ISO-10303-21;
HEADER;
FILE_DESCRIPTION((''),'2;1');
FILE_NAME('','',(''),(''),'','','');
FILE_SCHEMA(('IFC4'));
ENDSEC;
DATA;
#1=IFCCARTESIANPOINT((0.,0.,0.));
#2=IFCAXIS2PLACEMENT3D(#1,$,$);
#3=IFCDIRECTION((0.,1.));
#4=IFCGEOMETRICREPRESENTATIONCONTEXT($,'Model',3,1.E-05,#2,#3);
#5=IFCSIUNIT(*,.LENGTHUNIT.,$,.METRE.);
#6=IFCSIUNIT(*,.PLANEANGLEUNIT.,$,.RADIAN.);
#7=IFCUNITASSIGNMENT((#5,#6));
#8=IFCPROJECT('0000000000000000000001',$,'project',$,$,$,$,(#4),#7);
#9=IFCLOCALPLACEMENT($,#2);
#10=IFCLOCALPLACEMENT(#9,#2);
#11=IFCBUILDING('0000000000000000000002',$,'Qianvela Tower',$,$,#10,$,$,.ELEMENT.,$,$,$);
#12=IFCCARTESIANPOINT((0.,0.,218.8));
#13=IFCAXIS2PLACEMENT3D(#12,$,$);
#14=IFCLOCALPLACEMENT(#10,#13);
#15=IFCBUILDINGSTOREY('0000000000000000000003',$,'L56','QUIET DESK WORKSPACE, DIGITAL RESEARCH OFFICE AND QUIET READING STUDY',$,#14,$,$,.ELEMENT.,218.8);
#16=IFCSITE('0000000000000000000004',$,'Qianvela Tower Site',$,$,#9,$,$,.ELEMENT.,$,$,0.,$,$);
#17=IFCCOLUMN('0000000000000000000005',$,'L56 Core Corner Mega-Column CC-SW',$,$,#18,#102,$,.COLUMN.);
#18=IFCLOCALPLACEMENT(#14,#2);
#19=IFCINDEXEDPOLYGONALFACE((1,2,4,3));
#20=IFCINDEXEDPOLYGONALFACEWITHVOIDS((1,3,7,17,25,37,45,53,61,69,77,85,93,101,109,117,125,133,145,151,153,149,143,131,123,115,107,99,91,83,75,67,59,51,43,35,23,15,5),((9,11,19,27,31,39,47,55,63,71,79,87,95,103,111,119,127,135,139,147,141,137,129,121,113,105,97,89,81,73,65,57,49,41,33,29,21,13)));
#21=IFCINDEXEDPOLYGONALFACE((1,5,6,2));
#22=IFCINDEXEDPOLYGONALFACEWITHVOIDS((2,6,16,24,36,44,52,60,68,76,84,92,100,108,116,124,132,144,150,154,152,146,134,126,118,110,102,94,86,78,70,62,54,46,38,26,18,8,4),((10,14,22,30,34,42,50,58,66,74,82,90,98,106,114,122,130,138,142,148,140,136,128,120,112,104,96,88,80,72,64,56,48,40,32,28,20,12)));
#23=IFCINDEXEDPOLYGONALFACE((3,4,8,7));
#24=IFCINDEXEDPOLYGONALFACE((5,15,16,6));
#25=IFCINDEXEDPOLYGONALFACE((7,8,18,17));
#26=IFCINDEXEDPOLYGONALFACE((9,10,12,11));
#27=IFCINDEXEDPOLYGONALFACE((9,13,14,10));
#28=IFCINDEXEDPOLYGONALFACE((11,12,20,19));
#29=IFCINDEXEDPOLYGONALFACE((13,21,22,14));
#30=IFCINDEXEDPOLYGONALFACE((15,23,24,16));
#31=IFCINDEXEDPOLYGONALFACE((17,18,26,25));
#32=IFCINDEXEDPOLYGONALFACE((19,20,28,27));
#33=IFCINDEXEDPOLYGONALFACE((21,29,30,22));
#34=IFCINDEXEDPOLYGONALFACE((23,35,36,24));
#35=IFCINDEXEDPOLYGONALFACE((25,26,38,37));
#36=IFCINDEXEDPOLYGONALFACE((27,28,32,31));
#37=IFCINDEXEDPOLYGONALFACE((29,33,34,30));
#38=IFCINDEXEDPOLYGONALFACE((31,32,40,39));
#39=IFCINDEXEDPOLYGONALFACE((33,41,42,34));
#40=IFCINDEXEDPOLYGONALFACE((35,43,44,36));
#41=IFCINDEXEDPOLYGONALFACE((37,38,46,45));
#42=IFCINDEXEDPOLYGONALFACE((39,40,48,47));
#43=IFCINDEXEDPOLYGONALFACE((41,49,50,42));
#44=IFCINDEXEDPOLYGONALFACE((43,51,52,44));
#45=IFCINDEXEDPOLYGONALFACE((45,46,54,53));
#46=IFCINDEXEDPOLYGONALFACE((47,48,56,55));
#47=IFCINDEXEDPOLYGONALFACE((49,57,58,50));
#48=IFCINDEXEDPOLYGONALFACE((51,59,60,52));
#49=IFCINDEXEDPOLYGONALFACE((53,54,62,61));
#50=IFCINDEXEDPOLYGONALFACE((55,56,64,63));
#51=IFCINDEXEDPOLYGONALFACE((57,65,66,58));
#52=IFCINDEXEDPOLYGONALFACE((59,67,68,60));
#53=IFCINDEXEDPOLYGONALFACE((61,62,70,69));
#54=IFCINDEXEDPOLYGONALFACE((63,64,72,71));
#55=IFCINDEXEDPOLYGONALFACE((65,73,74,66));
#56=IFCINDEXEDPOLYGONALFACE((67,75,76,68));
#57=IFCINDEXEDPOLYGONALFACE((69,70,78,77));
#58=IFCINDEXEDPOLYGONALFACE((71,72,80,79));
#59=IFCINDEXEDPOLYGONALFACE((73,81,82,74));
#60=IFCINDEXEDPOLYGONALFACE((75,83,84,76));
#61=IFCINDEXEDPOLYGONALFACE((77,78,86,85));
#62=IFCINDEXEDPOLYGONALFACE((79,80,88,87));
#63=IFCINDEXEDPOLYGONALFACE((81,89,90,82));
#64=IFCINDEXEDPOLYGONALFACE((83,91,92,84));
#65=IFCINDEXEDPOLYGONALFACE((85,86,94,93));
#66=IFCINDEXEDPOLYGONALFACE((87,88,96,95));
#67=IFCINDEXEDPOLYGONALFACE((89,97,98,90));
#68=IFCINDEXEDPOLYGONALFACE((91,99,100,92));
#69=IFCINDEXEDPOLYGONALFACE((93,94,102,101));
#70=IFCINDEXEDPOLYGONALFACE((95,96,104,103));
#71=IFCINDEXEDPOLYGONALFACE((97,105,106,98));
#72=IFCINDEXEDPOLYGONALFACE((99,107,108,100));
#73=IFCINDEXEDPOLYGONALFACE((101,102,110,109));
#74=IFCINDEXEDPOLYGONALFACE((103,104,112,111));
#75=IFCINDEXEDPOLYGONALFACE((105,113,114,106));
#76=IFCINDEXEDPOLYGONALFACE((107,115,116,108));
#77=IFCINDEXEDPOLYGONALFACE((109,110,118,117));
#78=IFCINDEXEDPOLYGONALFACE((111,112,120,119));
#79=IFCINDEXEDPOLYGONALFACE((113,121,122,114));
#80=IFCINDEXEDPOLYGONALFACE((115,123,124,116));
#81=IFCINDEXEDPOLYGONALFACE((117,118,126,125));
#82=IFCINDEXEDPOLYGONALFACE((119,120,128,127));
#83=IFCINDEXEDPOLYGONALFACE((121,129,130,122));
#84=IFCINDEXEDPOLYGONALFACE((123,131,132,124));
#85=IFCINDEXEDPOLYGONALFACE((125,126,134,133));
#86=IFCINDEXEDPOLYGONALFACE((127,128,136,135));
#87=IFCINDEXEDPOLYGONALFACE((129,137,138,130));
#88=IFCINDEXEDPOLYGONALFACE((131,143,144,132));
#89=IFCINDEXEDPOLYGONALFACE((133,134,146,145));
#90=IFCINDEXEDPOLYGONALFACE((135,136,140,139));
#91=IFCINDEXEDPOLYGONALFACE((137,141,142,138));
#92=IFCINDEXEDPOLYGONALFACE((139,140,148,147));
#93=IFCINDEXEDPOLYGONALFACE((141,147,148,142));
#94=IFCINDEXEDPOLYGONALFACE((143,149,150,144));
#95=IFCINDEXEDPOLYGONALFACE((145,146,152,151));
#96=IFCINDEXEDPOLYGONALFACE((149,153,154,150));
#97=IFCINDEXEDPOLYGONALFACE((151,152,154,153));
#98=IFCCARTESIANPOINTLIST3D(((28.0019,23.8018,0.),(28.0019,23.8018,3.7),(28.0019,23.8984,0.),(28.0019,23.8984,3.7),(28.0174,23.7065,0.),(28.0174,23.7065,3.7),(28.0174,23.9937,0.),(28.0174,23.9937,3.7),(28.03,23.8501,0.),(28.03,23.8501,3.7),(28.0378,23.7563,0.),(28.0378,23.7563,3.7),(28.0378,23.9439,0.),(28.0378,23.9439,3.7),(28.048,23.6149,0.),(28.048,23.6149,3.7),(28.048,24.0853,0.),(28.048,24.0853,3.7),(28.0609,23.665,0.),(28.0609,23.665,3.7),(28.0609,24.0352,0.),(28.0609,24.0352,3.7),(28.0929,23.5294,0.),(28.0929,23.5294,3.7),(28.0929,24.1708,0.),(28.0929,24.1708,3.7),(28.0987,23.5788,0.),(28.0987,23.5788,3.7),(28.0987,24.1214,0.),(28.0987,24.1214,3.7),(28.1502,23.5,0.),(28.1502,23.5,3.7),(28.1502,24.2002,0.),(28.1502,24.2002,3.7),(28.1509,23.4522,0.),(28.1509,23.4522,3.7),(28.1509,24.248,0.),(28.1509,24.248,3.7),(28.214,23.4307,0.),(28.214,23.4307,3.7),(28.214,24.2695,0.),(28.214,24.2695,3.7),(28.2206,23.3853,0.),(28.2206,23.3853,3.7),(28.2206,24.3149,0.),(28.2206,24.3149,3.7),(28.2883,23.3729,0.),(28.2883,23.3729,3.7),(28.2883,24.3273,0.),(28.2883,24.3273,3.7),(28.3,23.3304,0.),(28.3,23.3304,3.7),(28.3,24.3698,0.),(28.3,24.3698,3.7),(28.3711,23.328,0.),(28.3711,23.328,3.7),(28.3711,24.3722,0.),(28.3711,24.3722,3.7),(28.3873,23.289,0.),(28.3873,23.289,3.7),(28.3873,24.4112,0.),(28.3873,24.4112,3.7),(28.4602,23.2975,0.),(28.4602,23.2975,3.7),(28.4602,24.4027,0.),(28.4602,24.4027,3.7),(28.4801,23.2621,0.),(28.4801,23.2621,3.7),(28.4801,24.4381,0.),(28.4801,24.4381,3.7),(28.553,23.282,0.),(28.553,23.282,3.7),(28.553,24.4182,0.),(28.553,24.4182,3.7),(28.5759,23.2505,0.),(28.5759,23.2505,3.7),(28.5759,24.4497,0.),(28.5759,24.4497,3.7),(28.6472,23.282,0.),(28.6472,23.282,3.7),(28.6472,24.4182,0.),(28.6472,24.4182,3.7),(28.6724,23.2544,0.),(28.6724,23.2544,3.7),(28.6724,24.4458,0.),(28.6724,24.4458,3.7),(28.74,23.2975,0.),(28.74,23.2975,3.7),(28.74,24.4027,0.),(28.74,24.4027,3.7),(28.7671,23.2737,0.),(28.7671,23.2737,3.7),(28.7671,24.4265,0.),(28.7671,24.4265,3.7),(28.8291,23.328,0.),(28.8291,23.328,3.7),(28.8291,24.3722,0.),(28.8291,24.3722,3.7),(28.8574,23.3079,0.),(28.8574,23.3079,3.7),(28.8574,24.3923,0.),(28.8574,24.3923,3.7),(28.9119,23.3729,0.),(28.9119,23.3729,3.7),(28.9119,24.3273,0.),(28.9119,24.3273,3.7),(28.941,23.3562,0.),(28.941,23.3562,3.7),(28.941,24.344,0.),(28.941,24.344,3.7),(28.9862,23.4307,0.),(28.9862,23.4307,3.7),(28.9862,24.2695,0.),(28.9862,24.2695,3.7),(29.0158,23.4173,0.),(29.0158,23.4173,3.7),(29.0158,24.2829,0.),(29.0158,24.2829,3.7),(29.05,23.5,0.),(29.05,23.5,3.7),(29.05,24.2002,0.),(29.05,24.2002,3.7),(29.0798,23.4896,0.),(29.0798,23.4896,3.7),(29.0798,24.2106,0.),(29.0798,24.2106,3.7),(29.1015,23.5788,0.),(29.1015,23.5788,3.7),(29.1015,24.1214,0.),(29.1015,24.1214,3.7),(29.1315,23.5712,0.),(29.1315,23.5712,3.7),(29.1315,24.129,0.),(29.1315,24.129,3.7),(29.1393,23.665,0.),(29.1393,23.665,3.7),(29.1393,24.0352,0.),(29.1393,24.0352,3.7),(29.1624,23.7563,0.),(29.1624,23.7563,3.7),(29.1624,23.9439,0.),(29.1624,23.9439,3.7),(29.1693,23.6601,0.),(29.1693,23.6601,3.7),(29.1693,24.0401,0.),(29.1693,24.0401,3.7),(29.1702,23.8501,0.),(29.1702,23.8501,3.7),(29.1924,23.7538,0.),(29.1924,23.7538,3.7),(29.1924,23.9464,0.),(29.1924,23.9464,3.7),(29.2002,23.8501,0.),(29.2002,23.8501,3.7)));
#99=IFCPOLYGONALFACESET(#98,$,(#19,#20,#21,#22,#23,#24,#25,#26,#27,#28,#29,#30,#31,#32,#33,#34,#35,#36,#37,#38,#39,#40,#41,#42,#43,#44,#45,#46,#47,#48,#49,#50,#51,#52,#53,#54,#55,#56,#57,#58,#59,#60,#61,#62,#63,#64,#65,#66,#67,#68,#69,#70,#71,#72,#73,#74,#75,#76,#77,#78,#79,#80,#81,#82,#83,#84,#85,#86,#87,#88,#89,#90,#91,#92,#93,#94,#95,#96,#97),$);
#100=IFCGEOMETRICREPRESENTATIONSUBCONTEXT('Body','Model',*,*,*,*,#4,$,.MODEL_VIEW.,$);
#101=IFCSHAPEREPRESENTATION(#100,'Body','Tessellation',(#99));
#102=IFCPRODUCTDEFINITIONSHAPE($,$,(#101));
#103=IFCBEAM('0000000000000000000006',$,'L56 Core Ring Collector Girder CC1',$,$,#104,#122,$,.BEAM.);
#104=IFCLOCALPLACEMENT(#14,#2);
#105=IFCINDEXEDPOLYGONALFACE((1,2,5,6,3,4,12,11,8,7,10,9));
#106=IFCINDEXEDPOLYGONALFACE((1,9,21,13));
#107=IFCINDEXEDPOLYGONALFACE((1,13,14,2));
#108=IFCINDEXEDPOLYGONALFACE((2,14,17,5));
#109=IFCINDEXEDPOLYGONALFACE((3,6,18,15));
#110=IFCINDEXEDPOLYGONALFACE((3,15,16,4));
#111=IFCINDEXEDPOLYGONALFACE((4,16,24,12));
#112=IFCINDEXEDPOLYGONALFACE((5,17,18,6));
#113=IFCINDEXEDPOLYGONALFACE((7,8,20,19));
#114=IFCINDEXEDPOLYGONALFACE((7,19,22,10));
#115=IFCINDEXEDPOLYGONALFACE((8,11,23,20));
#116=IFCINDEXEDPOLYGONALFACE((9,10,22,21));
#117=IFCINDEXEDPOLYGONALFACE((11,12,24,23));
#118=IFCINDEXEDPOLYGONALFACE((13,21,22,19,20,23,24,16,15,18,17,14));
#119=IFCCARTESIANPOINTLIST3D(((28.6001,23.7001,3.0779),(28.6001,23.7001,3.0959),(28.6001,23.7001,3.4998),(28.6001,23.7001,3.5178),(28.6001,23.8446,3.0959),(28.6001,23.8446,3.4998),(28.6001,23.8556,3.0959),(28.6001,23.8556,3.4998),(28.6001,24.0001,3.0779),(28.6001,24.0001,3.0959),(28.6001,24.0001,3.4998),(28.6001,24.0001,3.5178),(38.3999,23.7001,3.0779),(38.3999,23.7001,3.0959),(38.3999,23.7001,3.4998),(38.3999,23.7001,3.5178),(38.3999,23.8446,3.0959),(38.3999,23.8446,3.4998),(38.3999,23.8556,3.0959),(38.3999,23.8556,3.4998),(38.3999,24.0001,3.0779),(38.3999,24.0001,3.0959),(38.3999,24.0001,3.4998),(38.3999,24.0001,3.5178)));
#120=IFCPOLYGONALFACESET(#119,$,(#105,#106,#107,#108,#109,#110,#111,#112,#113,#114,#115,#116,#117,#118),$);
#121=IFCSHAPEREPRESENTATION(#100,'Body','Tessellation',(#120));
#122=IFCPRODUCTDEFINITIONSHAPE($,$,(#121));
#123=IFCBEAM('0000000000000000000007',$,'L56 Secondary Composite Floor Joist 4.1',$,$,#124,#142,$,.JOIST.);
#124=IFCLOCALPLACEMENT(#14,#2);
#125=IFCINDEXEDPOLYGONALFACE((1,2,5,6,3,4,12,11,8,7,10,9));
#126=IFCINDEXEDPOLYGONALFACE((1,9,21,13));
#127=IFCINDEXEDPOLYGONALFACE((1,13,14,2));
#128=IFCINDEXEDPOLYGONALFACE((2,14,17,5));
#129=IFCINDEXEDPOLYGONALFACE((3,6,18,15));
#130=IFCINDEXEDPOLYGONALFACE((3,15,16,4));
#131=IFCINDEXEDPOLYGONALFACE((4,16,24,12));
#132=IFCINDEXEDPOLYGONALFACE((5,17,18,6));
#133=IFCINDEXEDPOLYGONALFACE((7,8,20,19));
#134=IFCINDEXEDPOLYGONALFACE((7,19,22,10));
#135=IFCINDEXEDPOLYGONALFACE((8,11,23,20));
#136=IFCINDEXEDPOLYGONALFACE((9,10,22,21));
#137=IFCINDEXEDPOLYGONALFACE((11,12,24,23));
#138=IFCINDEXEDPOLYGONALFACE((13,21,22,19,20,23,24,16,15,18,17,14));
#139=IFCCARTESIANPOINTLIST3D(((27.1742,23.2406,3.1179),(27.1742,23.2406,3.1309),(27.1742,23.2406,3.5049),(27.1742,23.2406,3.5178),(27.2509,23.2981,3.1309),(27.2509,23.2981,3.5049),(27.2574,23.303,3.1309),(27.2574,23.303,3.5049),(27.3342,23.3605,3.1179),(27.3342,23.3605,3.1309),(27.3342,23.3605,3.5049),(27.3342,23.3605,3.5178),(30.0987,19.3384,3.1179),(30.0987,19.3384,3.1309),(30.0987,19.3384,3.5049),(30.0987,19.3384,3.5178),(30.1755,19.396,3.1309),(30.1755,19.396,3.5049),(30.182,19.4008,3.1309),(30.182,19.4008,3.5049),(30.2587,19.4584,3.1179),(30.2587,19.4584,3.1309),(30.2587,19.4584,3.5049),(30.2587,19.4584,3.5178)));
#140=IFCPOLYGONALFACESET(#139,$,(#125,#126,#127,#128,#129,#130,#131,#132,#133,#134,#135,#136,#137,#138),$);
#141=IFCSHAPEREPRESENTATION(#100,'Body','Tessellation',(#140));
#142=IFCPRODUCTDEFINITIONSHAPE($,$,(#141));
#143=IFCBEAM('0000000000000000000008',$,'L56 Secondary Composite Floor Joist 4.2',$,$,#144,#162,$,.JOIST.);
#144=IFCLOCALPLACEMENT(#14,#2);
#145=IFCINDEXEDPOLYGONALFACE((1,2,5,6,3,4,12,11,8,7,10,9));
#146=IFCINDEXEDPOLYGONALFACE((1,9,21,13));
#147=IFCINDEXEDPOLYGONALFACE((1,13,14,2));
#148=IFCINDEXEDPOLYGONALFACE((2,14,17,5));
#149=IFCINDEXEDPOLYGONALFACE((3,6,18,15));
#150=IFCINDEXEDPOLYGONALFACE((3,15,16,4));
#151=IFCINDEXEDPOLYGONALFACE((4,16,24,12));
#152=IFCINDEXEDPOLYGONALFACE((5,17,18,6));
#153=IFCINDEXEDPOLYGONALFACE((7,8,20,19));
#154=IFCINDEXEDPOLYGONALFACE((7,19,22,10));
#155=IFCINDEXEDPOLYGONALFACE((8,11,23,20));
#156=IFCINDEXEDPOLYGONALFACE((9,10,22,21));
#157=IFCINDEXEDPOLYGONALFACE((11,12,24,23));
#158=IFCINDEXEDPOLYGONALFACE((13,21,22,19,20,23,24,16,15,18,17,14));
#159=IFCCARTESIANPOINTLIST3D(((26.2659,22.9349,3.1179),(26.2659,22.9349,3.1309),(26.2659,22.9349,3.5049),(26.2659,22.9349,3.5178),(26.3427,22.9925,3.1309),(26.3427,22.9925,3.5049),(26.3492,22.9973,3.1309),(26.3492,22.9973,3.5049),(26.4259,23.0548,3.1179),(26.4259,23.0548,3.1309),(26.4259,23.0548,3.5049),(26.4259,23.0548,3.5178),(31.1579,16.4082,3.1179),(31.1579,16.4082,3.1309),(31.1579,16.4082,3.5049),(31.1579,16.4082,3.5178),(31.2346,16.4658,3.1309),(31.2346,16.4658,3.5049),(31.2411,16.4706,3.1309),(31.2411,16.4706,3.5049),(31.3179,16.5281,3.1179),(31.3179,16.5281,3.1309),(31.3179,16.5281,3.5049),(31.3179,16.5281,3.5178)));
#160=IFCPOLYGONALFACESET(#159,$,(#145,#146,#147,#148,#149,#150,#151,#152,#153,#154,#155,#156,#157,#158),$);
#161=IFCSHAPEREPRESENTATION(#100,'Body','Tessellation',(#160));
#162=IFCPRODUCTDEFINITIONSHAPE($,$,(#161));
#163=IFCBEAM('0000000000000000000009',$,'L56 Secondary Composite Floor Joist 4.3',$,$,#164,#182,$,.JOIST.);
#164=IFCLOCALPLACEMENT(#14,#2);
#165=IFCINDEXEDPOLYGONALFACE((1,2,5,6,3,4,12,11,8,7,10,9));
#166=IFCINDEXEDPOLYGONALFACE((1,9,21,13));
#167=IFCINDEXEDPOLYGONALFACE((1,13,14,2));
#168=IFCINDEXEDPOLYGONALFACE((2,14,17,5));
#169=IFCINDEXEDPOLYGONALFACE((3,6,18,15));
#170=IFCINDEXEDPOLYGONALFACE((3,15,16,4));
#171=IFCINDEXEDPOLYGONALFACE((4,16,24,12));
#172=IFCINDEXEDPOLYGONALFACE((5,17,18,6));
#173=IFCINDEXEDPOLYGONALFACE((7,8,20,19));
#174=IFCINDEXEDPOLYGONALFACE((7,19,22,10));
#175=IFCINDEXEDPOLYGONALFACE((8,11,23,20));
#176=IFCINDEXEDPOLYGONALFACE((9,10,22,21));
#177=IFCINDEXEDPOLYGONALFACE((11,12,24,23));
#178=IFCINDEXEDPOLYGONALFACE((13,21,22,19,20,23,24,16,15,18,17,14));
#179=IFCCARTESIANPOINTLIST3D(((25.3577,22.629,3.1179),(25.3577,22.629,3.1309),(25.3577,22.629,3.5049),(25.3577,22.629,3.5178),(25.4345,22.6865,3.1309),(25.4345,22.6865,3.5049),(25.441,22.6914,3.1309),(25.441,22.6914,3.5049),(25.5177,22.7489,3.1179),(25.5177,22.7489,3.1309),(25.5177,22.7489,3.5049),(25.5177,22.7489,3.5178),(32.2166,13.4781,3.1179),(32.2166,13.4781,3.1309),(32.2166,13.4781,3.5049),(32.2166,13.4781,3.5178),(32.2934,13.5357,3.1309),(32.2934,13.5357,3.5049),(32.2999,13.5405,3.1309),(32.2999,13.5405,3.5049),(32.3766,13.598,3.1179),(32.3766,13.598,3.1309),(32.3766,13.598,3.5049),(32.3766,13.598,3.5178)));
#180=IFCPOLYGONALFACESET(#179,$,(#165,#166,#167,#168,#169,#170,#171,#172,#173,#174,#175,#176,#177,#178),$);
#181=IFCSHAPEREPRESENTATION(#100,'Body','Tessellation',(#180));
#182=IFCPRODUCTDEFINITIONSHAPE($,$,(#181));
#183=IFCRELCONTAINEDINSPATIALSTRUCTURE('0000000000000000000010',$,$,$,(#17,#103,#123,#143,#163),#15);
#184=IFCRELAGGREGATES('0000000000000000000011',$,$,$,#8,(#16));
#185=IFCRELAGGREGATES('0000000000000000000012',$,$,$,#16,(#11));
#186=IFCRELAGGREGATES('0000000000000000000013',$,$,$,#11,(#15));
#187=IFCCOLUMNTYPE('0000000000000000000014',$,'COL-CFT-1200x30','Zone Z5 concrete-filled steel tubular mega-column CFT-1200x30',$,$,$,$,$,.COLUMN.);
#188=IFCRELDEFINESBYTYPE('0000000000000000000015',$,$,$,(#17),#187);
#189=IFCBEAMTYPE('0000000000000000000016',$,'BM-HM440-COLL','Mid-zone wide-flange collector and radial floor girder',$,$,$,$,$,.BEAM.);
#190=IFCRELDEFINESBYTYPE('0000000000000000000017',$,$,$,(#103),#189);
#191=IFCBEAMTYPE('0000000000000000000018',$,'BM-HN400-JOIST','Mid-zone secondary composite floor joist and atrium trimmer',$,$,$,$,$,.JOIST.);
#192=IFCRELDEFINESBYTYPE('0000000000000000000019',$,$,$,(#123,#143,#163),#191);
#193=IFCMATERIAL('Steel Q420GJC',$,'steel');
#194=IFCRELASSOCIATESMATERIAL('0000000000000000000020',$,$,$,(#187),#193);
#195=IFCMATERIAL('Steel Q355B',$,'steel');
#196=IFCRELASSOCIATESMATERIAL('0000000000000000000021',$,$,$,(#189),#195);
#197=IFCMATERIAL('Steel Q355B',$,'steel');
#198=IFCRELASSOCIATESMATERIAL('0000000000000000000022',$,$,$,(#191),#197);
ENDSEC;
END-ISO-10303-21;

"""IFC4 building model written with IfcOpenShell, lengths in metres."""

from ifc_helpers import new_model, si_unit, direction, frame, origin, origin_2d, place, context, subcontext, project, spatial, hollow_circle, i_section, extrude, material, material_profile, profile_set, type_object, element, save


model = new_model("IFC4")

# Units and contexts
model_context = context("Model", 3, precision=1e-05, world=origin(), true_north=direction((0.0, 1.0)))
body_context = subcontext(model_context, "Body", "Model", "MODEL_VIEW")
ifc_project = project(units=[si_unit("LENGTHUNIT", "METRE"), si_unit("PLANEANGLEUNIT", "RADIAN")], contexts=[model_context])

# Site, building, storey
site_placement = place(None, origin())
site = spatial("IfcSite", under=ifc_project, at=site_placement, Name="Qianvela Tower Site", CompositionType="ELEMENT", RefElevation=0.0)
building_placement = place(site_placement, origin())
building = spatial("IfcBuilding", under=site, at=building_placement, Name="Qianvela Tower", CompositionType="ELEMENT")
storey_placement = place(building_placement, frame((0.0, 0.0, 218.8)))
storey = spatial("IfcBuildingStorey", under=building, at=storey_placement, Name="L56", Description="QUIET DESK WORKSPACE, DIGITAL RESEARCH OFFICE AND QUIET READING STUDY", CompositionType="ELEMENT", Elevation=218.8)

# Column
ifc_material_1 = material(Name="Steel Q420GJC", Category="steel")
ifc_material_profile_1 = material_profile(ifc_material_1, hollow_circle(Radius=0.6001, WallThickness=0.03, at=origin_2d()), Name="CFT-1200x30")
ifc_profile_set_1 = profile_set([ifc_material_profile_1], Name="Steel Q420GJC")
column_type = type_object("IfcColumnType", Name="COL-CFT-1200x30", Description="Zone Z5 concrete-filled steel tubular mega-column CFT-1200x30", PredefinedType="COLUMN", material=ifc_profile_set_1)
column_placement = place(storey_placement, frame((28.6001, 23.8501, 0.0), z_axis=(0.0, 0.0, 1.0), x_axis=(1.0, 0.0, 0.0)))
element("IfcColumn", 1, at=column_placement, inside=storey, type_object=column_type, Name="L56 Core Corner Mega-Column CC-SW", PredefinedType="COLUMN", context=body_context, shape_type="SweptSolid", body=[
    extrude(hollow_circle(Radius=0.6001, WallThickness=0.03, at=origin_2d()), origin(), (0.0, 0.0, 1.0), 3.7),
])

# Beams
ifc_material_2 = material(Name="Steel Q355B", Category="steel")
ifc_material_profile_2 = material_profile(ifc_material_2, i_section(OverallWidth=0.3, OverallDepth=0.4399, WebThickness=0.011, FlangeThickness=0.0181, at=origin_2d()), Name="HM440x300x11x18")
ifc_profile_set_2 = profile_set([ifc_material_profile_2], Name="Steel Q355B")
beam_type_1 = type_object("IfcBeamType", Name="BM-HM440-COLL", Description="Mid-zone wide-flange collector and radial floor girder", PredefinedType="BEAM", material=ifc_profile_set_2)
beam_1_placement = place(storey_placement, frame((28.6001, 23.8501, 3.2979), z_axis=(1.0, 0.0, 0.0), x_axis=(0.0, 1.0, 0.0)))
element("IfcBeam", 2, at=beam_1_placement, inside=storey, type_object=beam_type_1, Name="L56 Core Ring Collector Girder CC1", PredefinedType="BEAM", context=body_context, shape_type="SweptSolid", body=[
    extrude(i_section(OverallWidth=0.3, OverallDepth=0.4399, WebThickness=0.011, FlangeThickness=0.0181, at=origin_2d()), origin(), (0.0, 0.0, 1.0), 9.7998),
])
ifc_material_3 = material(Name="Steel Q355B", Category="steel")
ifc_material_profile_3 = material_profile(ifc_material_3, i_section(OverallWidth=0.2, OverallDepth=0.3999, WebThickness=0.0081, FlangeThickness=0.0129, at=origin_2d()), Name="HN400x200x8x13")
ifc_profile_set_3 = profile_set([ifc_material_profile_3], Name="Steel Q355B")
beam_type_2 = type_object("IfcBeamType", Name="BM-HN400-JOIST", Description="Mid-zone secondary composite floor joist and atrium trimmer", PredefinedType="JOIST", material=ifc_profile_set_3)
beam_2_placement = place(storey_placement, frame((27.2542, 23.3005, 3.3179), z_axis=(0.599736, -0.800198, 0.0), x_axis=(0.800198, 0.599736, 0.0)))
element("IfcBeam", 3, at=beam_2_placement, inside=storey, type_object=beam_type_2, Name="L56 Secondary Composite Floor Joist 4.1", PredefinedType="JOIST", context=body_context, shape_type="SweptSolid", body=[
    extrude(i_section(OverallWidth=0.2, OverallDepth=0.3999, WebThickness=0.0081, FlangeThickness=0.0129, at=origin_2d()), origin(), (0.0, 0.0, 1.0), 4.8765),
])
beam_3_placement = place(storey_placement, frame((26.3459, 22.9949, 3.3179), z_axis=(0.599756, -0.800183, 0.0), x_axis=(0.800183, 0.599756, 0.0)))
element("IfcBeam", 4, at=beam_3_placement, inside=storey, type_object=beam_type_2, Name="L56 Secondary Composite Floor Joist 4.2", PredefinedType="JOIST", context=body_context, shape_type="SweptSolid", body=[
    extrude(i_section(OverallWidth=0.2, OverallDepth=0.3999, WebThickness=0.0081, FlangeThickness=0.0129, at=origin_2d()), origin(), (0.0, 0.0, 1.0), 8.1565),
])
beam_4_placement = place(storey_placement, frame((25.4377, 22.689, 3.3179), z_axis=(0.599761, -0.800179, 0.0), x_axis=(0.800179, 0.599761, 0.0)))
element("IfcBeam", 5, at=beam_4_placement, inside=storey, type_object=beam_type_2, Name="L56 Secondary Composite Floor Joist 4.3", PredefinedType="JOIST", context=body_context, shape_type="SweptSolid", body=[
    extrude(i_section(OverallWidth=0.2, OverallDepth=0.3999, WebThickness=0.0081, FlangeThickness=0.0129, at=origin_2d()), origin(), (0.0, 0.0, 1.0), 11.436),
])

save(model, "model.ifc")
